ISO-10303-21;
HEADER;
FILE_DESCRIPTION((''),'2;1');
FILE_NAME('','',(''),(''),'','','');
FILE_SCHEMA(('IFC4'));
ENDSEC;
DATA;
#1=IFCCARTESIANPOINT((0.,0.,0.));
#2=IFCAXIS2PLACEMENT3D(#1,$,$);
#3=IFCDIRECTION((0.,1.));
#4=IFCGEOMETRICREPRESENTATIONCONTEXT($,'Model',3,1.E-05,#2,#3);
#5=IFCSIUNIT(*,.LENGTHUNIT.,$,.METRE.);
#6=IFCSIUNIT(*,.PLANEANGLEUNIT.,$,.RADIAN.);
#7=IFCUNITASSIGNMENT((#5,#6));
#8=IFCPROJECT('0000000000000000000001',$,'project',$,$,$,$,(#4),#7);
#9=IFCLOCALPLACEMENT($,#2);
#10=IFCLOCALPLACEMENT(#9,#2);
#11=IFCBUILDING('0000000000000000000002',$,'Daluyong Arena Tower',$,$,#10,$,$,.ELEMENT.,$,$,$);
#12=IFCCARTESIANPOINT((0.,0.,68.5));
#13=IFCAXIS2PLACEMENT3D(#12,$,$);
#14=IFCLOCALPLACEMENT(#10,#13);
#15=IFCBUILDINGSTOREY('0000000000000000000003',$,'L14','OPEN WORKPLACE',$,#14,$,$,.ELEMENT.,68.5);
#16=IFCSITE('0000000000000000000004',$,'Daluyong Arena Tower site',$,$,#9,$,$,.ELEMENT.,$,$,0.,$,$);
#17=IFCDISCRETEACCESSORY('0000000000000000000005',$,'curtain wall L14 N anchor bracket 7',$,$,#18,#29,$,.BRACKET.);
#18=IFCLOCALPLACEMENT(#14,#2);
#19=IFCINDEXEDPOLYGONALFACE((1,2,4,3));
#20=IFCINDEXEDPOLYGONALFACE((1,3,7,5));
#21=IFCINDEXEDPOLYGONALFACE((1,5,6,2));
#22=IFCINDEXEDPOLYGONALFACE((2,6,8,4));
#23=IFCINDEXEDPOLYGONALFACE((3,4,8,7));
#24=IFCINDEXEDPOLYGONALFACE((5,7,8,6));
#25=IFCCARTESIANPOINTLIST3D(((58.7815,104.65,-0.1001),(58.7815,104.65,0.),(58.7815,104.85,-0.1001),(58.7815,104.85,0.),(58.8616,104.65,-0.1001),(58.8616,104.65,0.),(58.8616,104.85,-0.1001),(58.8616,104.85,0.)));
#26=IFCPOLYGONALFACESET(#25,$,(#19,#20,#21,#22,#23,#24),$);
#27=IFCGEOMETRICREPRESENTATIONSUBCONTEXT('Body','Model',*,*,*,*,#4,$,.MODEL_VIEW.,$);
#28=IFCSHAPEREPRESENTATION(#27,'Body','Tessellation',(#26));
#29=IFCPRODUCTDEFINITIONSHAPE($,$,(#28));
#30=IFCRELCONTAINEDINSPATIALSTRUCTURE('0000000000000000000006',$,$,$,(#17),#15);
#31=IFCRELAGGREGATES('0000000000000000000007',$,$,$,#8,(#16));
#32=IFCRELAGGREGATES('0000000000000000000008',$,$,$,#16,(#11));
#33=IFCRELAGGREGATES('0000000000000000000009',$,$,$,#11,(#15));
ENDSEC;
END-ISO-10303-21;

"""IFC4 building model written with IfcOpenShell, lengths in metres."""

from ifc_helpers import new_model, si_unit, direction, frame, origin, origin_2d, place, context, subcontext, project, spatial, rectangle, extrude, element, save


model = new_model("IFC4")

# Units and contexts
model_context = context("Model", 3, precision=1e-05, world=origin(), true_north=direction((0.0, 1.0)))
body_context = subcontext(model_context, "Body", "Model", "MODEL_VIEW")
ifc_project = project(units=[si_unit("LENGTHUNIT", "METRE"), si_unit("PLANEANGLEUNIT", "RADIAN")], contexts=[model_context])

# Site, building, storey
site_placement = place(None, origin())
site = spatial("IfcSite", under=ifc_project, at=site_placement, Name="Daluyong Arena Tower site", CompositionType="ELEMENT", RefElevation=0.0)
building_placement = place(site_placement, origin())
building = spatial("IfcBuilding", under=site, at=building_placement, Name="Daluyong Arena Tower", CompositionType="ELEMENT")
storey_placement = place(building_placement, frame((0.0, 0.0, 68.5)))
storey = spatial("IfcBuildingStorey", under=building, at=storey_placement, Name="L14", Description="OPEN WORKPLACE", CompositionType="ELEMENT", Elevation=68.5)

# Discrete accessory
for number, where, z_axis, x_axis, name in (
    (1, (58.8215, 104.75, -0.1001), (0.0, 0.0, 1.0), (-1.0, 0.0, 0.0), "curtain wall L14 N anchor bracket 7"),
):
    element("IfcDiscreteAccessory", number, at=place(storey_placement, frame(where, z_axis=z_axis, x_axis=x_axis)), inside=storey, Name=name, PredefinedType="BRACKET", context=body_context, shape_type="SweptSolid", body=[
        extrude(rectangle(XDim=0.0801, YDim=0.2, at=origin_2d()), origin(), (0.0, 0.0, 1.0), 0.1001),
    ])

save(model, "model.ifc")
